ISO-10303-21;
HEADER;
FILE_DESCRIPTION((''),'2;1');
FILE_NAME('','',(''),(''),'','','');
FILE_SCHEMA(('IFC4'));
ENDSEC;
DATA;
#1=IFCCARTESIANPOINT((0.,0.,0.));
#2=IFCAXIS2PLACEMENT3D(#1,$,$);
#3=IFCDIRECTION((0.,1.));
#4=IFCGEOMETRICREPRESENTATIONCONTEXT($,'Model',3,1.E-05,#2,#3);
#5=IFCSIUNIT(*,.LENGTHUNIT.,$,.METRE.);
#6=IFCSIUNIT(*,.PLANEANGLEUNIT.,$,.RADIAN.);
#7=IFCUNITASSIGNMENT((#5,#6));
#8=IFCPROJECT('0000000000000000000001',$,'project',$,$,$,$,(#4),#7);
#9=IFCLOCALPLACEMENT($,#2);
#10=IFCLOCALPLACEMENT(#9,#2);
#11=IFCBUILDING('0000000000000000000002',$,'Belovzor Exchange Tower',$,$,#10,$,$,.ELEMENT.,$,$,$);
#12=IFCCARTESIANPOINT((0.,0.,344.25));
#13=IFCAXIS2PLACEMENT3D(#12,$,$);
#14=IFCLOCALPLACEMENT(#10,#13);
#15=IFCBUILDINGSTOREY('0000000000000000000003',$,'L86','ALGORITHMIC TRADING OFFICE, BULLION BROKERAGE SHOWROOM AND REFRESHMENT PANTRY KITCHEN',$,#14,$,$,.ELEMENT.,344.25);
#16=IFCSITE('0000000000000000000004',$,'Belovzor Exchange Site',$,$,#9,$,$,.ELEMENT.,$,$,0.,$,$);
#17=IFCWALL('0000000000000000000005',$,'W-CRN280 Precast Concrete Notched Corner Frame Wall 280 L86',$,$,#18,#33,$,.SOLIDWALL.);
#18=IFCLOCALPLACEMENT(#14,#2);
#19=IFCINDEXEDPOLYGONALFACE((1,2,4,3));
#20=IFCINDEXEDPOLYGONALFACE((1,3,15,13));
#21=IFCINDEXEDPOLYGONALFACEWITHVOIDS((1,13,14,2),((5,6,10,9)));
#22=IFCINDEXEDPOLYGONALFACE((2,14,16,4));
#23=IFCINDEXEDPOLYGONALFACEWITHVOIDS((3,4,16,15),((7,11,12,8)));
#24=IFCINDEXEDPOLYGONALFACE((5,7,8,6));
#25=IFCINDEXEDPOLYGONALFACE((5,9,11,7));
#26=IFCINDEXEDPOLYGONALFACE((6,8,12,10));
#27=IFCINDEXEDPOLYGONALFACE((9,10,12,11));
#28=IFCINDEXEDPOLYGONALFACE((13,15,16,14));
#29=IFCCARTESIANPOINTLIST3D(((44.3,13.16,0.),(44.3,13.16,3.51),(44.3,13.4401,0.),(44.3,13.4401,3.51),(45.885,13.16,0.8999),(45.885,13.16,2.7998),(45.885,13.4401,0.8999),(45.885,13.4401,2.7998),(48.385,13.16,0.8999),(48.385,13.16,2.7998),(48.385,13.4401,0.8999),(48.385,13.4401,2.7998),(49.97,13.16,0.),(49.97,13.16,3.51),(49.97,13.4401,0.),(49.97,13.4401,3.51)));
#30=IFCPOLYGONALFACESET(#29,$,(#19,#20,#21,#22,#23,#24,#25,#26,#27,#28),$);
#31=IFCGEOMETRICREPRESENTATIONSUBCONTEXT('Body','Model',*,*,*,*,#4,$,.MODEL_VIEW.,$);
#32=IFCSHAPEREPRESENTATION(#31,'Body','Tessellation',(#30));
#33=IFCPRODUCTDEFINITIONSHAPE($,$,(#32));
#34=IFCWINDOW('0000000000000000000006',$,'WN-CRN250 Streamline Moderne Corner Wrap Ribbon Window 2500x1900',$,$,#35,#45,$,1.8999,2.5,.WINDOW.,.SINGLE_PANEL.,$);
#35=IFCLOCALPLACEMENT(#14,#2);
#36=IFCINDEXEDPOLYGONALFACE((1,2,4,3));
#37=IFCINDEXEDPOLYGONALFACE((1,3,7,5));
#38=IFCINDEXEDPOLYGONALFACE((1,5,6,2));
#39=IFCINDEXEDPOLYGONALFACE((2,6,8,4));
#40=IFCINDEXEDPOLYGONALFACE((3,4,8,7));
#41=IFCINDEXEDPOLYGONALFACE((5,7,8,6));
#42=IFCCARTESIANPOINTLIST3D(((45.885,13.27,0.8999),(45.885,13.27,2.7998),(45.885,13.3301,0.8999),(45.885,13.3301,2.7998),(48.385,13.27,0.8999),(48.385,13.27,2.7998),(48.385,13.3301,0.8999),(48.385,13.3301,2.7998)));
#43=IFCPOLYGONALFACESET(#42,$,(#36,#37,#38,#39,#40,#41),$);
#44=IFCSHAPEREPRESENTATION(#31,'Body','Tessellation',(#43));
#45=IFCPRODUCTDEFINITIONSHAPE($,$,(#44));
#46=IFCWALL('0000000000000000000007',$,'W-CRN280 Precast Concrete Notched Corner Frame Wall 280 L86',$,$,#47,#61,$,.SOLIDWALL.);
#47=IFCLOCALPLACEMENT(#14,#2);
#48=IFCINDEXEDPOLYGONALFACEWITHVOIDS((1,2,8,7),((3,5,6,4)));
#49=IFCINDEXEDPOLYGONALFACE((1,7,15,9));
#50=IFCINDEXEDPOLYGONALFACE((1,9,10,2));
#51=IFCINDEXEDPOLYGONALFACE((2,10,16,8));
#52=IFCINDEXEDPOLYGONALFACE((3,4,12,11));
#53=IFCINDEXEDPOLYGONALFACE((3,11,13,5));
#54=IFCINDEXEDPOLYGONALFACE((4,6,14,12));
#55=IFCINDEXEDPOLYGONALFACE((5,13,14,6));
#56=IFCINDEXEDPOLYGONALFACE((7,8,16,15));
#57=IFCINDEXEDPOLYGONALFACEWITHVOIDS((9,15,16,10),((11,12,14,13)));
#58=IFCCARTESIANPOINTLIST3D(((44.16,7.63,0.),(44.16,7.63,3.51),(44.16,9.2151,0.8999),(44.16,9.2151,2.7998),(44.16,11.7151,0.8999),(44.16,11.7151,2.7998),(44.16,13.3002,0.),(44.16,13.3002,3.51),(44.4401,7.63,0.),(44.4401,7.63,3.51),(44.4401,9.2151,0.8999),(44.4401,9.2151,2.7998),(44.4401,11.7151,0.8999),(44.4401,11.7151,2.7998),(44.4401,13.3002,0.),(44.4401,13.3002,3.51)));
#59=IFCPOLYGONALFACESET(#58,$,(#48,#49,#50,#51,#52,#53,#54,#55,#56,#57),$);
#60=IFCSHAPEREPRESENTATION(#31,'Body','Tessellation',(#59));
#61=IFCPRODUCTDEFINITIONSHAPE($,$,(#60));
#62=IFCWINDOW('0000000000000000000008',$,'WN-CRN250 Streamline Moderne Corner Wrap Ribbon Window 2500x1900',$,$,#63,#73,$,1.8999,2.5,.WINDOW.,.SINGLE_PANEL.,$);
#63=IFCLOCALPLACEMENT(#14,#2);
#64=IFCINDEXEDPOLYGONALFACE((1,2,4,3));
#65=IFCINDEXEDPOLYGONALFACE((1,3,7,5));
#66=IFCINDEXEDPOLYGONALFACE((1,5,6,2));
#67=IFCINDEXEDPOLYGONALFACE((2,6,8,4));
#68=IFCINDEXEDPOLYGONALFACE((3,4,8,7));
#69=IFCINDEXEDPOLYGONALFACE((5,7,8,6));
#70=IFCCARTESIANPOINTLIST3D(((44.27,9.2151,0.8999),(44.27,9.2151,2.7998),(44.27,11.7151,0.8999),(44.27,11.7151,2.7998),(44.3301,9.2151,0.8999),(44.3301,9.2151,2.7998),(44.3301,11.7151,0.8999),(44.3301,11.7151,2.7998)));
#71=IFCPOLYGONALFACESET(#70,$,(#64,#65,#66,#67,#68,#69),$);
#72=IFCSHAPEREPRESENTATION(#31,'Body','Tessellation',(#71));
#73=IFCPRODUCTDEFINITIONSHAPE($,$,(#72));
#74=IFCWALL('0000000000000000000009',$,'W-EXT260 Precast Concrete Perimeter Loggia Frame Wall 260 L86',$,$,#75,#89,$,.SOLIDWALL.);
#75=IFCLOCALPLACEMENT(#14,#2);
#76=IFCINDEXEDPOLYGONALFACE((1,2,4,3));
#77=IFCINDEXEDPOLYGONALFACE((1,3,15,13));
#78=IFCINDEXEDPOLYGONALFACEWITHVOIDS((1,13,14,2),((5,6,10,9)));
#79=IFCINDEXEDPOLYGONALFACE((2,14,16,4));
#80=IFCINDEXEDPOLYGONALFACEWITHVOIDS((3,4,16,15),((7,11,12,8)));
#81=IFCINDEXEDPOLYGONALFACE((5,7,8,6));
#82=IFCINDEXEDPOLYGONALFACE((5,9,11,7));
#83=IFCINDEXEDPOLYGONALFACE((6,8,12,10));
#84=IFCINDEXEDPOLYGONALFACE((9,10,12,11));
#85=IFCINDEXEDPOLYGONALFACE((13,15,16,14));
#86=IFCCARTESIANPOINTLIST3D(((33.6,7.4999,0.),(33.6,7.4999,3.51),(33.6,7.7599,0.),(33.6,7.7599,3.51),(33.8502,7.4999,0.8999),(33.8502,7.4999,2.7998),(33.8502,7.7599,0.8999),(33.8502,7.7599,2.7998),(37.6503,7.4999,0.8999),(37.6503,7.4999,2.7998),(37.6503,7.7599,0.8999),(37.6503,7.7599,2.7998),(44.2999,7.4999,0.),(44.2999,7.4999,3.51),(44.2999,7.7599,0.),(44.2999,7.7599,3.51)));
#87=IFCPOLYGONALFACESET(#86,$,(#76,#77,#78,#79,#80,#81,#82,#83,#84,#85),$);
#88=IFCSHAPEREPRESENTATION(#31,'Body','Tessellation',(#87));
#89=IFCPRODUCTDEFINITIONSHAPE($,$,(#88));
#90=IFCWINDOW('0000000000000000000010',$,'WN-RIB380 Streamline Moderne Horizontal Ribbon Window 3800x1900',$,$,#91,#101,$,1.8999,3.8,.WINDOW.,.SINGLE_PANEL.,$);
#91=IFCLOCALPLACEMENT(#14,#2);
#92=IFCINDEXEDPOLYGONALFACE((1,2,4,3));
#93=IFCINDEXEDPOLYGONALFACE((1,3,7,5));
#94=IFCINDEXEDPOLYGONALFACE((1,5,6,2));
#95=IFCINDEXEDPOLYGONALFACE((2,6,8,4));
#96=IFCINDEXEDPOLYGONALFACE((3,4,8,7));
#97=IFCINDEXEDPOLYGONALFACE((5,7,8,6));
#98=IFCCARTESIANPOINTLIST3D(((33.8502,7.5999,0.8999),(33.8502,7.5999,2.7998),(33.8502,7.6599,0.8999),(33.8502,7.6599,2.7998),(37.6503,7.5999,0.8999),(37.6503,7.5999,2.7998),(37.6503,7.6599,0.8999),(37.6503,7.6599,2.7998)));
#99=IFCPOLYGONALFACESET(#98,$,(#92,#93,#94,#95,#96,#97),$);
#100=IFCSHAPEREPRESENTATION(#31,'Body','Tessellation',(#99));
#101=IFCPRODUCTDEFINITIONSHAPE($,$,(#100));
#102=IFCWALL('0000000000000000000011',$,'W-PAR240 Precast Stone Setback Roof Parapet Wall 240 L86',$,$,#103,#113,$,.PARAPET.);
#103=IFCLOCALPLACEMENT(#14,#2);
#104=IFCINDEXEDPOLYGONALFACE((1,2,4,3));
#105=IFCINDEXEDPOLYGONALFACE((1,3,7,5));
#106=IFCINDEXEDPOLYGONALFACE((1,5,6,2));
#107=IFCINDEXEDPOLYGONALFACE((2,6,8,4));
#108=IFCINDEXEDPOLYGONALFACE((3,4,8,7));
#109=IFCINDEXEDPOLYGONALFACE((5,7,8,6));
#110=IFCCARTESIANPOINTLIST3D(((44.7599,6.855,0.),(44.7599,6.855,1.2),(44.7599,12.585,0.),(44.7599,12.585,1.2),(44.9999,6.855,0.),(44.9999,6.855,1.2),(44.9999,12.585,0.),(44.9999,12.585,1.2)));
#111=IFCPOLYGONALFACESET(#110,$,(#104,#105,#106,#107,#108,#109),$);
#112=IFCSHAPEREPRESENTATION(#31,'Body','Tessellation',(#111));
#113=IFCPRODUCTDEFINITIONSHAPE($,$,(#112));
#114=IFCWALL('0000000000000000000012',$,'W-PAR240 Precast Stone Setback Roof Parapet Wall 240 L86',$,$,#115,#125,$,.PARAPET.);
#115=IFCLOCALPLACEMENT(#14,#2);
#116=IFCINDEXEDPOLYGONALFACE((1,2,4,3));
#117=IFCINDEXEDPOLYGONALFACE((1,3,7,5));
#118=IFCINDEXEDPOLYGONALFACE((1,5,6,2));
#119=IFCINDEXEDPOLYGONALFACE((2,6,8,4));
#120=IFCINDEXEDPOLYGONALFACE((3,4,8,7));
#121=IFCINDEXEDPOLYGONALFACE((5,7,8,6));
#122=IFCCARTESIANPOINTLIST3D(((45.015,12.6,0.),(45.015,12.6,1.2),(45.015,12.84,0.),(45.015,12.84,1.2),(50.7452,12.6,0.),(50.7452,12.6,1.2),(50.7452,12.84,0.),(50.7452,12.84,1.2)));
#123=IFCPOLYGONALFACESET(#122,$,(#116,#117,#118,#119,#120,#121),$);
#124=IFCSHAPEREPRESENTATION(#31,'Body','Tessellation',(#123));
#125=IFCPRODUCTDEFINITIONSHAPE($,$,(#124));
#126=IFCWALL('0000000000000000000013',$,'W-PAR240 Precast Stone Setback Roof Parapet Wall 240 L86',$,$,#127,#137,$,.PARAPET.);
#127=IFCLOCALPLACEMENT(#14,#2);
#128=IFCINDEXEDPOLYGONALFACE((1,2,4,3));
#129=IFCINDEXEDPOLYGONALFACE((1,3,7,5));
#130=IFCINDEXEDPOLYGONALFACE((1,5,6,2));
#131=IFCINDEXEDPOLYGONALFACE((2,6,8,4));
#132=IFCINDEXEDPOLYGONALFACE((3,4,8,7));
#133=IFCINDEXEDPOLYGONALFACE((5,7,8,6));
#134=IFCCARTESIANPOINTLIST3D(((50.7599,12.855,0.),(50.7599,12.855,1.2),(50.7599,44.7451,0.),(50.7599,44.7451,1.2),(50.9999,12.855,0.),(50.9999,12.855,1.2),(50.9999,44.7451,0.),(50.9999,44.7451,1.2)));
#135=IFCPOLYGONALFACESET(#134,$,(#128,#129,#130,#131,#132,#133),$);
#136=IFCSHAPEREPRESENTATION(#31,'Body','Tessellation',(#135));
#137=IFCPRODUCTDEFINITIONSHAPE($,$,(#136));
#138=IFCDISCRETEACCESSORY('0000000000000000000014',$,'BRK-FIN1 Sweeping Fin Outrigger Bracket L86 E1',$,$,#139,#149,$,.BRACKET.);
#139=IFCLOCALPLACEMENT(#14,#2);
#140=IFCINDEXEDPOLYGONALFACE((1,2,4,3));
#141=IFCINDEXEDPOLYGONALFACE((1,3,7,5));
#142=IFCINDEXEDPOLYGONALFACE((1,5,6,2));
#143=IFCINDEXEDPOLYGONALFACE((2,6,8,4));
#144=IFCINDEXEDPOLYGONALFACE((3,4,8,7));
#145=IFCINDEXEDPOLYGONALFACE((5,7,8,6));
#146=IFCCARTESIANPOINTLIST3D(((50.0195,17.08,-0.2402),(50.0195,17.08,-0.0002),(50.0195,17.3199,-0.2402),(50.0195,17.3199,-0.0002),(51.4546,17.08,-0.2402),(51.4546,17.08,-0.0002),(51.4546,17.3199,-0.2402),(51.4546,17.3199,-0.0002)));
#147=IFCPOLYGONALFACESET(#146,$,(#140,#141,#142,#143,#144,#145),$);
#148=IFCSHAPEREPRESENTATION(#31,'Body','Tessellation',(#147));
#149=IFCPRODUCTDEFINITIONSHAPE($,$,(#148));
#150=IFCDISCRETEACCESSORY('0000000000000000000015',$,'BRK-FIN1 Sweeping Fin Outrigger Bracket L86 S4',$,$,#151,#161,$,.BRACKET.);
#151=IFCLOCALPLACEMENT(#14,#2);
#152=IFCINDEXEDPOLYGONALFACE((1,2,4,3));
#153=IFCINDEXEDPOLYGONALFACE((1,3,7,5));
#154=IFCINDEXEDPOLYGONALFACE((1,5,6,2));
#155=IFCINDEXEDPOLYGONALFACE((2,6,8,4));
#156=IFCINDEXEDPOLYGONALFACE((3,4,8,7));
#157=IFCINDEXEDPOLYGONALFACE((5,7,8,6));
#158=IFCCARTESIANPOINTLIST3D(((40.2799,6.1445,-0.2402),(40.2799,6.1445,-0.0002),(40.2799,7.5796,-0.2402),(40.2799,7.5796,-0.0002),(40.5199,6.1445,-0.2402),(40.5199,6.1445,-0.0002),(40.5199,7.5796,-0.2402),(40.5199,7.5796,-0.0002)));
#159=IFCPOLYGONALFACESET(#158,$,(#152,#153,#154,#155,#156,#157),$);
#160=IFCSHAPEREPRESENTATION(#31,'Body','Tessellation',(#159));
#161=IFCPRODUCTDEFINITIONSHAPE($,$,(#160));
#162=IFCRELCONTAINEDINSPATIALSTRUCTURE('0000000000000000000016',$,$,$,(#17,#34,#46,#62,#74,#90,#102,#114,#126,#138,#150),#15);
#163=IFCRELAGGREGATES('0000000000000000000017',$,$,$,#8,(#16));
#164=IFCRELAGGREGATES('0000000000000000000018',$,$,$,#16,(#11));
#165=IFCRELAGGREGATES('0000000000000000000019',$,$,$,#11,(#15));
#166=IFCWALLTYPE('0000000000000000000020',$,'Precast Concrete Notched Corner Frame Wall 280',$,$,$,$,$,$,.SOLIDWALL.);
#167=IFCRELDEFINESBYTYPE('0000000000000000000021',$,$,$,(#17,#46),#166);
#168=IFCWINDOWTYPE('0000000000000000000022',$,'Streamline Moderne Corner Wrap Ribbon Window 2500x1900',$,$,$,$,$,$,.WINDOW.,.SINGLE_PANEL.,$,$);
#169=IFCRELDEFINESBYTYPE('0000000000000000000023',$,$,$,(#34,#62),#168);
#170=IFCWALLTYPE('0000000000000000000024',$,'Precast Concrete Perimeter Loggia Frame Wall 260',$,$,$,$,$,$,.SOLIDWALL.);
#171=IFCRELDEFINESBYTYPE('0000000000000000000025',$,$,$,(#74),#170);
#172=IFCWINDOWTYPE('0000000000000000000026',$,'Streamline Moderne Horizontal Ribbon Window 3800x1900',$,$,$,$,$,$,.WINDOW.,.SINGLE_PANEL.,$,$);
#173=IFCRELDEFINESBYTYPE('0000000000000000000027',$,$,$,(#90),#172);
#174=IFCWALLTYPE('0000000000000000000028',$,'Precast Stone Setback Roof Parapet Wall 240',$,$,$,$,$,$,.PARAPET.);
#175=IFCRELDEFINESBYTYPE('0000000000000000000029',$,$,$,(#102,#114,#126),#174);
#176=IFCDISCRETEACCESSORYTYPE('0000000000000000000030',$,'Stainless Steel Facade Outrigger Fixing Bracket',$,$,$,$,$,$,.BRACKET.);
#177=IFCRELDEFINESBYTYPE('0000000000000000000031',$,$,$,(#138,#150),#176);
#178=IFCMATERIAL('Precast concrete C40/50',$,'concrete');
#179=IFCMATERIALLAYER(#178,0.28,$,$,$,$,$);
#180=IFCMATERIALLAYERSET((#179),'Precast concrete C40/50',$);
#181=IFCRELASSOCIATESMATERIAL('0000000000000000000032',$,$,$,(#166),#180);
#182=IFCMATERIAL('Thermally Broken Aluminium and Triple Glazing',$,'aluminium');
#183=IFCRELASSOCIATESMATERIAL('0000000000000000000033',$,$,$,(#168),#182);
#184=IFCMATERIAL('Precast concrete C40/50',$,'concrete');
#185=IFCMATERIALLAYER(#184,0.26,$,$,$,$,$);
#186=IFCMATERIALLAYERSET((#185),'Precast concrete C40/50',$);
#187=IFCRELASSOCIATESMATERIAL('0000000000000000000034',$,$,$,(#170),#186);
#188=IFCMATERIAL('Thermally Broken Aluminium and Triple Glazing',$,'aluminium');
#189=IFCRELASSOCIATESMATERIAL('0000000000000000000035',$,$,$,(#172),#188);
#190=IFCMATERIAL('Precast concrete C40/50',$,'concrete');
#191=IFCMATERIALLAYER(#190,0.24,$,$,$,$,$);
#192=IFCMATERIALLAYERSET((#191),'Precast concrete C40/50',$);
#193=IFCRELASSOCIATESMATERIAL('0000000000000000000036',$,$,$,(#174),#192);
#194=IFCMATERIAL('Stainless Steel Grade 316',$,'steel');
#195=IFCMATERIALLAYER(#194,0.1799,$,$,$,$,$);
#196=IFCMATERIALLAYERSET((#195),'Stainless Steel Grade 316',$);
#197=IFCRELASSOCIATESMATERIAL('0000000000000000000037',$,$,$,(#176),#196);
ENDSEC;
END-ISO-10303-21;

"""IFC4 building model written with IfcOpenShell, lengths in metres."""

from ifc_helpers import new_model, si_unit, direction, frame, frame_2d, origin, origin_2d, place, context, subcontext, project, spatial, rectangle, extrude, material, layer, layer_set, type_object, element, fill, save


model = new_model("IFC4")

# Units and contexts
model_context = context("Model", 3, precision=1e-05, world=origin(), true_north=direction((0.0, 1.0)))
body_context = subcontext(model_context, "Body", "Model", "MODEL_VIEW")
ifc_project = project(units=[si_unit("LENGTHUNIT", "METRE"), si_unit("PLANEANGLEUNIT", "RADIAN")], contexts=[model_context])

# Site, building, storey
site_placement = place(None, origin())
site = spatial("IfcSite", under=ifc_project, at=site_placement, Name="Belovzor Exchange Site", CompositionType="ELEMENT", RefElevation=0.0)
building_placement = place(site_placement, origin())
building = spatial("IfcBuilding", under=site, at=building_placement, Name="Belovzor Exchange Tower", CompositionType="ELEMENT")
storey_placement = place(building_placement, frame((0.0, 0.0, 344.25)))
storey = spatial("IfcBuildingStorey", under=building, at=storey_placement, Name="L86", Description="ALGORITHMIC TRADING OFFICE, BULLION BROKERAGE SHOWROOM AND REFRESHMENT PANTRY KITCHEN", CompositionType="ELEMENT", Elevation=344.25)

# Walls, openings, windows
ifc_material_1 = material(Name="Precast concrete C40/50", Category="concrete")
ifc_layer_1 = layer(ifc_material_1, 0.28)
ifc_layer_set_1 = layer_set([ifc_layer_1], Name="Precast concrete C40/50")
wall_type_1 = type_object("IfcWallType", Name="Precast Concrete Notched Corner Frame Wall 280", PredefinedType="SOLIDWALL", material=ifc_layer_set_1)
wall_1_placement = place(storey_placement, frame((49.97, 13.3, 0.0), z_axis=(0.0, 0.0, 1.0), x_axis=(-1.0, 0.0, 0.0)))
wall_1 = element("IfcWall", 1, at=wall_1_placement, inside=storey, type_object=wall_type_1, Name="W-CRN280 Precast Concrete Notched Corner Frame Wall 280 L86", PredefinedType="SOLIDWALL", context=body_context, shape_type="SweptSolid", body=[
    extrude(rectangle(XDim=5.6699, YDim=0.28, at=frame_2d((2.835, 0.0))), origin(), (0.0, 0.0, 1.0), 3.51),
])
opening_1_placement = place(wall_1_placement, frame((1.585, 0.0, 0.8999)))
opening_1 = element("IfcOpeningElement", 2, at=opening_1_placement, cuts=wall_1, PredefinedType="OPENING", context=body_context, shape_type="SweptSolid", body=[
    extrude(rectangle(XDim=2.5, YDim=1.8999, at=frame_2d((1.25, 0.95))), frame((0.0, 0.1499, 0.0), z_axis=(0.0, -1.0, 0.0), x_axis=(1.0, 0.0, 0.0)), (0.0, 0.0, 1.0), 0.3),
])
ifc_material_2 = material(Name="Thermally Broken Aluminium and Triple Glazing", Category="aluminium")
window_type_1 = type_object("IfcWindowType", Name="Streamline Moderne Corner Wrap Ribbon Window 2500x1900", PartitioningType="SINGLE_PANEL", PredefinedType="WINDOW", material=ifc_material_2)
window_1_placement = place(opening_1_placement, origin())
window_1 = element("IfcWindow", 3, at=window_1_placement, inside=storey, type_object=window_type_1, Name="WN-CRN250 Streamline Moderne Corner Wrap Ribbon Window 2500x1900", OverallHeight=1.8999, OverallWidth=2.5, PartitioningType="SINGLE_PANEL", PredefinedType="WINDOW", context=body_context, shape_type="SweptSolid", body=[
    extrude(rectangle(XDim=2.5, YDim=1.8999, at=frame_2d((1.25, 0.95))), frame((0.0, 0.03, 0.0), z_axis=(0.0, -1.0, 0.0), x_axis=(1.0, 0.0, 0.0)), (0.0, 0.0, 1.0), 0.0601),
])
fill(opening_1, window_1)
wall_2_placement = place(storey_placement, frame((44.3, 13.3, 0.0), z_axis=(0.0, 0.0, 1.0), x_axis=(0.0, -1.0, 0.0)))
wall_2 = element("IfcWall", 4, at=wall_2_placement, inside=storey, type_object=wall_type_1, Name="W-CRN280 Precast Concrete Notched Corner Frame Wall 280 L86", PredefinedType="SOLIDWALL", context=body_context, shape_type="SweptSolid", body=[
    extrude(rectangle(XDim=5.6702, YDim=0.28, at=frame_2d((2.835, 0.0))), origin(), (0.0, 0.0, 1.0), 3.51),
])
opening_2_placement = place(wall_2_placement, frame((1.585, 0.0, 0.8999)))
opening_2 = element("IfcOpeningElement", 5, at=opening_2_placement, cuts=wall_2, PredefinedType="OPENING", context=body_context, shape_type="SweptSolid", body=[
    extrude(rectangle(XDim=2.5, YDim=1.8999, at=frame_2d((1.25, 0.95))), frame((0.0, 0.1499, 0.0), z_axis=(0.0, -1.0, 0.0), x_axis=(1.0, 0.0, 0.0)), (0.0, 0.0, 1.0), 0.3),
])
window_2_placement = place(opening_2_placement, origin())
window_2 = element("IfcWindow", 6, at=window_2_placement, inside=storey, type_object=window_type_1, Name="WN-CRN250 Streamline Moderne Corner Wrap Ribbon Window 2500x1900", OverallHeight=1.8999, OverallWidth=2.5, PartitioningType="SINGLE_PANEL", PredefinedType="WINDOW", context=body_context, shape_type="SweptSolid", body=[
    extrude(rectangle(XDim=2.5, YDim=1.8999, at=frame_2d((1.25, 0.95))), frame((0.0, 0.03, 0.0), z_axis=(0.0, -1.0, 0.0), x_axis=(1.0, 0.0, 0.0)), (0.0, 0.0, 1.0), 0.0601),
])
fill(opening_2, window_2)
ifc_material_3 = material(Name="Precast concrete C40/50", Category="concrete")
ifc_layer_2 = layer(ifc_material_3, 0.26)
ifc_layer_set_2 = layer_set([ifc_layer_2], Name="Precast concrete C40/50")
wall_type_2 = type_object("IfcWallType", Name="Precast Concrete Perimeter Loggia Frame Wall 260", PredefinedType="SOLIDWALL", material=ifc_layer_set_2)
wall_3_placement = place(storey_placement, frame((44.3, 7.6299, 0.0), z_axis=(0.0, 0.0, 1.0), x_axis=(-1.0, 0.0, 0.0)))
wall_3 = element("IfcWall", 7, at=wall_3_placement, inside=storey, type_object=wall_type_2, Name="W-EXT260 Precast Concrete Perimeter Loggia Frame Wall 260 L86", PredefinedType="SOLIDWALL", context=body_context, shape_type="SweptSolid", body=[
    extrude(rectangle(XDim=10.7, YDim=0.26, at=frame_2d((5.3501, 0.0))), origin(), (0.0, 0.0, 1.0), 3.51),
])
opening_3_placement = place(wall_3_placement, frame((6.6499, 0.0, 0.8999)))
opening_3 = element("IfcOpeningElement", 8, at=opening_3_placement, cuts=wall_3, PredefinedType="OPENING", context=body_context, shape_type="SweptSolid", body=[
    extrude(rectangle(XDim=3.8, YDim=1.8999, at=frame_2d((1.8999, 0.95))), frame((0.0, 0.1399, 0.0), z_axis=(0.0, -1.0, 0.0), x_axis=(1.0, 0.0, 0.0)), (0.0, 0.0, 1.0), 0.28),
])
ifc_material_4 = material(Name="Thermally Broken Aluminium and Triple Glazing", Category="aluminium")
window_type_2 = type_object("IfcWindowType", Name="Streamline Moderne Horizontal Ribbon Window 3800x1900", PartitioningType="SINGLE_PANEL", PredefinedType="WINDOW", material=ifc_material_4)
window_3_placement = place(opening_3_placement, origin())
window_3 = element("IfcWindow", 9, at=window_3_placement, inside=storey, type_object=window_type_2, Name="WN-RIB380 Streamline Moderne Horizontal Ribbon Window 3800x1900", OverallHeight=1.8999, OverallWidth=3.8, PartitioningType="SINGLE_PANEL", PredefinedType="WINDOW", context=body_context, shape_type="SweptSolid", body=[
    extrude(rectangle(XDim=3.8, YDim=1.8999, at=frame_2d((1.8999, 0.95))), frame((0.0, 0.03, 0.0), z_axis=(0.0, -1.0, 0.0), x_axis=(1.0, 0.0, 0.0)), (0.0, 0.0, 1.0), 0.0601),
])
fill(opening_3, window_3)

# Walls
ifc_material_5 = material(Name="Precast concrete C40/50", Category="concrete")
ifc_layer_3 = layer(ifc_material_5, 0.24)
ifc_layer_set_3 = layer_set([ifc_layer_3], Name="Precast concrete C40/50")
wall_type_3 = type_object("IfcWallType", Name="Precast Stone Setback Roof Parapet Wall 240", PredefinedType="PARAPET", material=ifc_layer_set_3)
wall_4_placement = place(storey_placement, frame((44.8799, 6.855, 0.0), z_axis=(0.0, 0.0, 1.0), x_axis=(0.0, 1.0, 0.0)))
element("IfcWall", 10, at=wall_4_placement, inside=storey, type_object=wall_type_3, Name="W-PAR240 Precast Stone Setback Roof Parapet Wall 240 L86", PredefinedType="PARAPET", context=body_context, shape_type="SweptSolid", body=[
    extrude(rectangle(XDim=5.73, YDim=0.24, at=frame_2d((2.865, 0.0))), origin(), (0.0, 0.0, 1.0), 1.2),
])
wall_5_placement = place(storey_placement, frame((45.0149, 12.72, 0.0), z_axis=(0.0, 0.0, 1.0), x_axis=(1.0, 0.0, 0.0)))
element("IfcWall", 11, at=wall_5_placement, inside=storey, type_object=wall_type_3, Name="W-PAR240 Precast Stone Setback Roof Parapet Wall 240 L86", PredefinedType="PARAPET", context=body_context, shape_type="SweptSolid", body=[
    extrude(rectangle(XDim=5.7302, YDim=0.24, at=frame_2d((2.8652, 0.0))), origin(), (0.0, 0.0, 1.0), 1.2),
])
wall_6_placement = place(storey_placement, frame((50.8799, 12.855, 0.0), z_axis=(0.0, 0.0, 1.0), x_axis=(0.0, 1.0, 0.0)))
element("IfcWall", 12, at=wall_6_placement, inside=storey, type_object=wall_type_3, Name="W-PAR240 Precast Stone Setback Roof Parapet Wall 240 L86", PredefinedType="PARAPET", context=body_context, shape_type="SweptSolid", body=[
    extrude(rectangle(XDim=31.8901, YDim=0.24, at=frame_2d((15.9451, 0.0))), origin(), (0.0, 0.0, 1.0), 1.2),
])

# Discrete accessories
ifc_material_6 = material(Name="Stainless Steel Grade 316", Category="steel")
ifc_layer_4 = layer(ifc_material_6, 0.1799)
ifc_layer_set_4 = layer_set([ifc_layer_4], Name="Stainless Steel Grade 316")
discrete_accessory_type = type_object("IfcDiscreteAccessoryType", Name="Stainless Steel Facade Outrigger Fixing Bracket", PredefinedType="BRACKET", material=ifc_layer_set_4)
for number, where, z_axis, x_axis, name in (
    (13, (50.7371, 17.2, -0.2402), (0.0, 0.0, 1.0), (1.0, 0.0, 0.0), "BRK-FIN1 Sweeping Fin Outrigger Bracket L86 E1"),
    (14, (40.3999, 6.8621, -0.2402), (0.0, 0.0, 1.0), (0.0, 1.0, 0.0), "BRK-FIN1 Sweeping Fin Outrigger Bracket L86 S4"),
):
    element("IfcDiscreteAccessory", number, at=place(storey_placement, frame(where, z_axis=z_axis, x_axis=x_axis)), inside=storey, type_object=discrete_accessory_type, Name=name, PredefinedType="BRACKET", context=body_context, shape_type="SweptSolid", body=[
        extrude(rectangle(XDim=1.4351, YDim=0.24, at=origin_2d()), origin(), (0.0, 0.0, 1.0), 0.24),
    ])

save(model, "model.ifc")
